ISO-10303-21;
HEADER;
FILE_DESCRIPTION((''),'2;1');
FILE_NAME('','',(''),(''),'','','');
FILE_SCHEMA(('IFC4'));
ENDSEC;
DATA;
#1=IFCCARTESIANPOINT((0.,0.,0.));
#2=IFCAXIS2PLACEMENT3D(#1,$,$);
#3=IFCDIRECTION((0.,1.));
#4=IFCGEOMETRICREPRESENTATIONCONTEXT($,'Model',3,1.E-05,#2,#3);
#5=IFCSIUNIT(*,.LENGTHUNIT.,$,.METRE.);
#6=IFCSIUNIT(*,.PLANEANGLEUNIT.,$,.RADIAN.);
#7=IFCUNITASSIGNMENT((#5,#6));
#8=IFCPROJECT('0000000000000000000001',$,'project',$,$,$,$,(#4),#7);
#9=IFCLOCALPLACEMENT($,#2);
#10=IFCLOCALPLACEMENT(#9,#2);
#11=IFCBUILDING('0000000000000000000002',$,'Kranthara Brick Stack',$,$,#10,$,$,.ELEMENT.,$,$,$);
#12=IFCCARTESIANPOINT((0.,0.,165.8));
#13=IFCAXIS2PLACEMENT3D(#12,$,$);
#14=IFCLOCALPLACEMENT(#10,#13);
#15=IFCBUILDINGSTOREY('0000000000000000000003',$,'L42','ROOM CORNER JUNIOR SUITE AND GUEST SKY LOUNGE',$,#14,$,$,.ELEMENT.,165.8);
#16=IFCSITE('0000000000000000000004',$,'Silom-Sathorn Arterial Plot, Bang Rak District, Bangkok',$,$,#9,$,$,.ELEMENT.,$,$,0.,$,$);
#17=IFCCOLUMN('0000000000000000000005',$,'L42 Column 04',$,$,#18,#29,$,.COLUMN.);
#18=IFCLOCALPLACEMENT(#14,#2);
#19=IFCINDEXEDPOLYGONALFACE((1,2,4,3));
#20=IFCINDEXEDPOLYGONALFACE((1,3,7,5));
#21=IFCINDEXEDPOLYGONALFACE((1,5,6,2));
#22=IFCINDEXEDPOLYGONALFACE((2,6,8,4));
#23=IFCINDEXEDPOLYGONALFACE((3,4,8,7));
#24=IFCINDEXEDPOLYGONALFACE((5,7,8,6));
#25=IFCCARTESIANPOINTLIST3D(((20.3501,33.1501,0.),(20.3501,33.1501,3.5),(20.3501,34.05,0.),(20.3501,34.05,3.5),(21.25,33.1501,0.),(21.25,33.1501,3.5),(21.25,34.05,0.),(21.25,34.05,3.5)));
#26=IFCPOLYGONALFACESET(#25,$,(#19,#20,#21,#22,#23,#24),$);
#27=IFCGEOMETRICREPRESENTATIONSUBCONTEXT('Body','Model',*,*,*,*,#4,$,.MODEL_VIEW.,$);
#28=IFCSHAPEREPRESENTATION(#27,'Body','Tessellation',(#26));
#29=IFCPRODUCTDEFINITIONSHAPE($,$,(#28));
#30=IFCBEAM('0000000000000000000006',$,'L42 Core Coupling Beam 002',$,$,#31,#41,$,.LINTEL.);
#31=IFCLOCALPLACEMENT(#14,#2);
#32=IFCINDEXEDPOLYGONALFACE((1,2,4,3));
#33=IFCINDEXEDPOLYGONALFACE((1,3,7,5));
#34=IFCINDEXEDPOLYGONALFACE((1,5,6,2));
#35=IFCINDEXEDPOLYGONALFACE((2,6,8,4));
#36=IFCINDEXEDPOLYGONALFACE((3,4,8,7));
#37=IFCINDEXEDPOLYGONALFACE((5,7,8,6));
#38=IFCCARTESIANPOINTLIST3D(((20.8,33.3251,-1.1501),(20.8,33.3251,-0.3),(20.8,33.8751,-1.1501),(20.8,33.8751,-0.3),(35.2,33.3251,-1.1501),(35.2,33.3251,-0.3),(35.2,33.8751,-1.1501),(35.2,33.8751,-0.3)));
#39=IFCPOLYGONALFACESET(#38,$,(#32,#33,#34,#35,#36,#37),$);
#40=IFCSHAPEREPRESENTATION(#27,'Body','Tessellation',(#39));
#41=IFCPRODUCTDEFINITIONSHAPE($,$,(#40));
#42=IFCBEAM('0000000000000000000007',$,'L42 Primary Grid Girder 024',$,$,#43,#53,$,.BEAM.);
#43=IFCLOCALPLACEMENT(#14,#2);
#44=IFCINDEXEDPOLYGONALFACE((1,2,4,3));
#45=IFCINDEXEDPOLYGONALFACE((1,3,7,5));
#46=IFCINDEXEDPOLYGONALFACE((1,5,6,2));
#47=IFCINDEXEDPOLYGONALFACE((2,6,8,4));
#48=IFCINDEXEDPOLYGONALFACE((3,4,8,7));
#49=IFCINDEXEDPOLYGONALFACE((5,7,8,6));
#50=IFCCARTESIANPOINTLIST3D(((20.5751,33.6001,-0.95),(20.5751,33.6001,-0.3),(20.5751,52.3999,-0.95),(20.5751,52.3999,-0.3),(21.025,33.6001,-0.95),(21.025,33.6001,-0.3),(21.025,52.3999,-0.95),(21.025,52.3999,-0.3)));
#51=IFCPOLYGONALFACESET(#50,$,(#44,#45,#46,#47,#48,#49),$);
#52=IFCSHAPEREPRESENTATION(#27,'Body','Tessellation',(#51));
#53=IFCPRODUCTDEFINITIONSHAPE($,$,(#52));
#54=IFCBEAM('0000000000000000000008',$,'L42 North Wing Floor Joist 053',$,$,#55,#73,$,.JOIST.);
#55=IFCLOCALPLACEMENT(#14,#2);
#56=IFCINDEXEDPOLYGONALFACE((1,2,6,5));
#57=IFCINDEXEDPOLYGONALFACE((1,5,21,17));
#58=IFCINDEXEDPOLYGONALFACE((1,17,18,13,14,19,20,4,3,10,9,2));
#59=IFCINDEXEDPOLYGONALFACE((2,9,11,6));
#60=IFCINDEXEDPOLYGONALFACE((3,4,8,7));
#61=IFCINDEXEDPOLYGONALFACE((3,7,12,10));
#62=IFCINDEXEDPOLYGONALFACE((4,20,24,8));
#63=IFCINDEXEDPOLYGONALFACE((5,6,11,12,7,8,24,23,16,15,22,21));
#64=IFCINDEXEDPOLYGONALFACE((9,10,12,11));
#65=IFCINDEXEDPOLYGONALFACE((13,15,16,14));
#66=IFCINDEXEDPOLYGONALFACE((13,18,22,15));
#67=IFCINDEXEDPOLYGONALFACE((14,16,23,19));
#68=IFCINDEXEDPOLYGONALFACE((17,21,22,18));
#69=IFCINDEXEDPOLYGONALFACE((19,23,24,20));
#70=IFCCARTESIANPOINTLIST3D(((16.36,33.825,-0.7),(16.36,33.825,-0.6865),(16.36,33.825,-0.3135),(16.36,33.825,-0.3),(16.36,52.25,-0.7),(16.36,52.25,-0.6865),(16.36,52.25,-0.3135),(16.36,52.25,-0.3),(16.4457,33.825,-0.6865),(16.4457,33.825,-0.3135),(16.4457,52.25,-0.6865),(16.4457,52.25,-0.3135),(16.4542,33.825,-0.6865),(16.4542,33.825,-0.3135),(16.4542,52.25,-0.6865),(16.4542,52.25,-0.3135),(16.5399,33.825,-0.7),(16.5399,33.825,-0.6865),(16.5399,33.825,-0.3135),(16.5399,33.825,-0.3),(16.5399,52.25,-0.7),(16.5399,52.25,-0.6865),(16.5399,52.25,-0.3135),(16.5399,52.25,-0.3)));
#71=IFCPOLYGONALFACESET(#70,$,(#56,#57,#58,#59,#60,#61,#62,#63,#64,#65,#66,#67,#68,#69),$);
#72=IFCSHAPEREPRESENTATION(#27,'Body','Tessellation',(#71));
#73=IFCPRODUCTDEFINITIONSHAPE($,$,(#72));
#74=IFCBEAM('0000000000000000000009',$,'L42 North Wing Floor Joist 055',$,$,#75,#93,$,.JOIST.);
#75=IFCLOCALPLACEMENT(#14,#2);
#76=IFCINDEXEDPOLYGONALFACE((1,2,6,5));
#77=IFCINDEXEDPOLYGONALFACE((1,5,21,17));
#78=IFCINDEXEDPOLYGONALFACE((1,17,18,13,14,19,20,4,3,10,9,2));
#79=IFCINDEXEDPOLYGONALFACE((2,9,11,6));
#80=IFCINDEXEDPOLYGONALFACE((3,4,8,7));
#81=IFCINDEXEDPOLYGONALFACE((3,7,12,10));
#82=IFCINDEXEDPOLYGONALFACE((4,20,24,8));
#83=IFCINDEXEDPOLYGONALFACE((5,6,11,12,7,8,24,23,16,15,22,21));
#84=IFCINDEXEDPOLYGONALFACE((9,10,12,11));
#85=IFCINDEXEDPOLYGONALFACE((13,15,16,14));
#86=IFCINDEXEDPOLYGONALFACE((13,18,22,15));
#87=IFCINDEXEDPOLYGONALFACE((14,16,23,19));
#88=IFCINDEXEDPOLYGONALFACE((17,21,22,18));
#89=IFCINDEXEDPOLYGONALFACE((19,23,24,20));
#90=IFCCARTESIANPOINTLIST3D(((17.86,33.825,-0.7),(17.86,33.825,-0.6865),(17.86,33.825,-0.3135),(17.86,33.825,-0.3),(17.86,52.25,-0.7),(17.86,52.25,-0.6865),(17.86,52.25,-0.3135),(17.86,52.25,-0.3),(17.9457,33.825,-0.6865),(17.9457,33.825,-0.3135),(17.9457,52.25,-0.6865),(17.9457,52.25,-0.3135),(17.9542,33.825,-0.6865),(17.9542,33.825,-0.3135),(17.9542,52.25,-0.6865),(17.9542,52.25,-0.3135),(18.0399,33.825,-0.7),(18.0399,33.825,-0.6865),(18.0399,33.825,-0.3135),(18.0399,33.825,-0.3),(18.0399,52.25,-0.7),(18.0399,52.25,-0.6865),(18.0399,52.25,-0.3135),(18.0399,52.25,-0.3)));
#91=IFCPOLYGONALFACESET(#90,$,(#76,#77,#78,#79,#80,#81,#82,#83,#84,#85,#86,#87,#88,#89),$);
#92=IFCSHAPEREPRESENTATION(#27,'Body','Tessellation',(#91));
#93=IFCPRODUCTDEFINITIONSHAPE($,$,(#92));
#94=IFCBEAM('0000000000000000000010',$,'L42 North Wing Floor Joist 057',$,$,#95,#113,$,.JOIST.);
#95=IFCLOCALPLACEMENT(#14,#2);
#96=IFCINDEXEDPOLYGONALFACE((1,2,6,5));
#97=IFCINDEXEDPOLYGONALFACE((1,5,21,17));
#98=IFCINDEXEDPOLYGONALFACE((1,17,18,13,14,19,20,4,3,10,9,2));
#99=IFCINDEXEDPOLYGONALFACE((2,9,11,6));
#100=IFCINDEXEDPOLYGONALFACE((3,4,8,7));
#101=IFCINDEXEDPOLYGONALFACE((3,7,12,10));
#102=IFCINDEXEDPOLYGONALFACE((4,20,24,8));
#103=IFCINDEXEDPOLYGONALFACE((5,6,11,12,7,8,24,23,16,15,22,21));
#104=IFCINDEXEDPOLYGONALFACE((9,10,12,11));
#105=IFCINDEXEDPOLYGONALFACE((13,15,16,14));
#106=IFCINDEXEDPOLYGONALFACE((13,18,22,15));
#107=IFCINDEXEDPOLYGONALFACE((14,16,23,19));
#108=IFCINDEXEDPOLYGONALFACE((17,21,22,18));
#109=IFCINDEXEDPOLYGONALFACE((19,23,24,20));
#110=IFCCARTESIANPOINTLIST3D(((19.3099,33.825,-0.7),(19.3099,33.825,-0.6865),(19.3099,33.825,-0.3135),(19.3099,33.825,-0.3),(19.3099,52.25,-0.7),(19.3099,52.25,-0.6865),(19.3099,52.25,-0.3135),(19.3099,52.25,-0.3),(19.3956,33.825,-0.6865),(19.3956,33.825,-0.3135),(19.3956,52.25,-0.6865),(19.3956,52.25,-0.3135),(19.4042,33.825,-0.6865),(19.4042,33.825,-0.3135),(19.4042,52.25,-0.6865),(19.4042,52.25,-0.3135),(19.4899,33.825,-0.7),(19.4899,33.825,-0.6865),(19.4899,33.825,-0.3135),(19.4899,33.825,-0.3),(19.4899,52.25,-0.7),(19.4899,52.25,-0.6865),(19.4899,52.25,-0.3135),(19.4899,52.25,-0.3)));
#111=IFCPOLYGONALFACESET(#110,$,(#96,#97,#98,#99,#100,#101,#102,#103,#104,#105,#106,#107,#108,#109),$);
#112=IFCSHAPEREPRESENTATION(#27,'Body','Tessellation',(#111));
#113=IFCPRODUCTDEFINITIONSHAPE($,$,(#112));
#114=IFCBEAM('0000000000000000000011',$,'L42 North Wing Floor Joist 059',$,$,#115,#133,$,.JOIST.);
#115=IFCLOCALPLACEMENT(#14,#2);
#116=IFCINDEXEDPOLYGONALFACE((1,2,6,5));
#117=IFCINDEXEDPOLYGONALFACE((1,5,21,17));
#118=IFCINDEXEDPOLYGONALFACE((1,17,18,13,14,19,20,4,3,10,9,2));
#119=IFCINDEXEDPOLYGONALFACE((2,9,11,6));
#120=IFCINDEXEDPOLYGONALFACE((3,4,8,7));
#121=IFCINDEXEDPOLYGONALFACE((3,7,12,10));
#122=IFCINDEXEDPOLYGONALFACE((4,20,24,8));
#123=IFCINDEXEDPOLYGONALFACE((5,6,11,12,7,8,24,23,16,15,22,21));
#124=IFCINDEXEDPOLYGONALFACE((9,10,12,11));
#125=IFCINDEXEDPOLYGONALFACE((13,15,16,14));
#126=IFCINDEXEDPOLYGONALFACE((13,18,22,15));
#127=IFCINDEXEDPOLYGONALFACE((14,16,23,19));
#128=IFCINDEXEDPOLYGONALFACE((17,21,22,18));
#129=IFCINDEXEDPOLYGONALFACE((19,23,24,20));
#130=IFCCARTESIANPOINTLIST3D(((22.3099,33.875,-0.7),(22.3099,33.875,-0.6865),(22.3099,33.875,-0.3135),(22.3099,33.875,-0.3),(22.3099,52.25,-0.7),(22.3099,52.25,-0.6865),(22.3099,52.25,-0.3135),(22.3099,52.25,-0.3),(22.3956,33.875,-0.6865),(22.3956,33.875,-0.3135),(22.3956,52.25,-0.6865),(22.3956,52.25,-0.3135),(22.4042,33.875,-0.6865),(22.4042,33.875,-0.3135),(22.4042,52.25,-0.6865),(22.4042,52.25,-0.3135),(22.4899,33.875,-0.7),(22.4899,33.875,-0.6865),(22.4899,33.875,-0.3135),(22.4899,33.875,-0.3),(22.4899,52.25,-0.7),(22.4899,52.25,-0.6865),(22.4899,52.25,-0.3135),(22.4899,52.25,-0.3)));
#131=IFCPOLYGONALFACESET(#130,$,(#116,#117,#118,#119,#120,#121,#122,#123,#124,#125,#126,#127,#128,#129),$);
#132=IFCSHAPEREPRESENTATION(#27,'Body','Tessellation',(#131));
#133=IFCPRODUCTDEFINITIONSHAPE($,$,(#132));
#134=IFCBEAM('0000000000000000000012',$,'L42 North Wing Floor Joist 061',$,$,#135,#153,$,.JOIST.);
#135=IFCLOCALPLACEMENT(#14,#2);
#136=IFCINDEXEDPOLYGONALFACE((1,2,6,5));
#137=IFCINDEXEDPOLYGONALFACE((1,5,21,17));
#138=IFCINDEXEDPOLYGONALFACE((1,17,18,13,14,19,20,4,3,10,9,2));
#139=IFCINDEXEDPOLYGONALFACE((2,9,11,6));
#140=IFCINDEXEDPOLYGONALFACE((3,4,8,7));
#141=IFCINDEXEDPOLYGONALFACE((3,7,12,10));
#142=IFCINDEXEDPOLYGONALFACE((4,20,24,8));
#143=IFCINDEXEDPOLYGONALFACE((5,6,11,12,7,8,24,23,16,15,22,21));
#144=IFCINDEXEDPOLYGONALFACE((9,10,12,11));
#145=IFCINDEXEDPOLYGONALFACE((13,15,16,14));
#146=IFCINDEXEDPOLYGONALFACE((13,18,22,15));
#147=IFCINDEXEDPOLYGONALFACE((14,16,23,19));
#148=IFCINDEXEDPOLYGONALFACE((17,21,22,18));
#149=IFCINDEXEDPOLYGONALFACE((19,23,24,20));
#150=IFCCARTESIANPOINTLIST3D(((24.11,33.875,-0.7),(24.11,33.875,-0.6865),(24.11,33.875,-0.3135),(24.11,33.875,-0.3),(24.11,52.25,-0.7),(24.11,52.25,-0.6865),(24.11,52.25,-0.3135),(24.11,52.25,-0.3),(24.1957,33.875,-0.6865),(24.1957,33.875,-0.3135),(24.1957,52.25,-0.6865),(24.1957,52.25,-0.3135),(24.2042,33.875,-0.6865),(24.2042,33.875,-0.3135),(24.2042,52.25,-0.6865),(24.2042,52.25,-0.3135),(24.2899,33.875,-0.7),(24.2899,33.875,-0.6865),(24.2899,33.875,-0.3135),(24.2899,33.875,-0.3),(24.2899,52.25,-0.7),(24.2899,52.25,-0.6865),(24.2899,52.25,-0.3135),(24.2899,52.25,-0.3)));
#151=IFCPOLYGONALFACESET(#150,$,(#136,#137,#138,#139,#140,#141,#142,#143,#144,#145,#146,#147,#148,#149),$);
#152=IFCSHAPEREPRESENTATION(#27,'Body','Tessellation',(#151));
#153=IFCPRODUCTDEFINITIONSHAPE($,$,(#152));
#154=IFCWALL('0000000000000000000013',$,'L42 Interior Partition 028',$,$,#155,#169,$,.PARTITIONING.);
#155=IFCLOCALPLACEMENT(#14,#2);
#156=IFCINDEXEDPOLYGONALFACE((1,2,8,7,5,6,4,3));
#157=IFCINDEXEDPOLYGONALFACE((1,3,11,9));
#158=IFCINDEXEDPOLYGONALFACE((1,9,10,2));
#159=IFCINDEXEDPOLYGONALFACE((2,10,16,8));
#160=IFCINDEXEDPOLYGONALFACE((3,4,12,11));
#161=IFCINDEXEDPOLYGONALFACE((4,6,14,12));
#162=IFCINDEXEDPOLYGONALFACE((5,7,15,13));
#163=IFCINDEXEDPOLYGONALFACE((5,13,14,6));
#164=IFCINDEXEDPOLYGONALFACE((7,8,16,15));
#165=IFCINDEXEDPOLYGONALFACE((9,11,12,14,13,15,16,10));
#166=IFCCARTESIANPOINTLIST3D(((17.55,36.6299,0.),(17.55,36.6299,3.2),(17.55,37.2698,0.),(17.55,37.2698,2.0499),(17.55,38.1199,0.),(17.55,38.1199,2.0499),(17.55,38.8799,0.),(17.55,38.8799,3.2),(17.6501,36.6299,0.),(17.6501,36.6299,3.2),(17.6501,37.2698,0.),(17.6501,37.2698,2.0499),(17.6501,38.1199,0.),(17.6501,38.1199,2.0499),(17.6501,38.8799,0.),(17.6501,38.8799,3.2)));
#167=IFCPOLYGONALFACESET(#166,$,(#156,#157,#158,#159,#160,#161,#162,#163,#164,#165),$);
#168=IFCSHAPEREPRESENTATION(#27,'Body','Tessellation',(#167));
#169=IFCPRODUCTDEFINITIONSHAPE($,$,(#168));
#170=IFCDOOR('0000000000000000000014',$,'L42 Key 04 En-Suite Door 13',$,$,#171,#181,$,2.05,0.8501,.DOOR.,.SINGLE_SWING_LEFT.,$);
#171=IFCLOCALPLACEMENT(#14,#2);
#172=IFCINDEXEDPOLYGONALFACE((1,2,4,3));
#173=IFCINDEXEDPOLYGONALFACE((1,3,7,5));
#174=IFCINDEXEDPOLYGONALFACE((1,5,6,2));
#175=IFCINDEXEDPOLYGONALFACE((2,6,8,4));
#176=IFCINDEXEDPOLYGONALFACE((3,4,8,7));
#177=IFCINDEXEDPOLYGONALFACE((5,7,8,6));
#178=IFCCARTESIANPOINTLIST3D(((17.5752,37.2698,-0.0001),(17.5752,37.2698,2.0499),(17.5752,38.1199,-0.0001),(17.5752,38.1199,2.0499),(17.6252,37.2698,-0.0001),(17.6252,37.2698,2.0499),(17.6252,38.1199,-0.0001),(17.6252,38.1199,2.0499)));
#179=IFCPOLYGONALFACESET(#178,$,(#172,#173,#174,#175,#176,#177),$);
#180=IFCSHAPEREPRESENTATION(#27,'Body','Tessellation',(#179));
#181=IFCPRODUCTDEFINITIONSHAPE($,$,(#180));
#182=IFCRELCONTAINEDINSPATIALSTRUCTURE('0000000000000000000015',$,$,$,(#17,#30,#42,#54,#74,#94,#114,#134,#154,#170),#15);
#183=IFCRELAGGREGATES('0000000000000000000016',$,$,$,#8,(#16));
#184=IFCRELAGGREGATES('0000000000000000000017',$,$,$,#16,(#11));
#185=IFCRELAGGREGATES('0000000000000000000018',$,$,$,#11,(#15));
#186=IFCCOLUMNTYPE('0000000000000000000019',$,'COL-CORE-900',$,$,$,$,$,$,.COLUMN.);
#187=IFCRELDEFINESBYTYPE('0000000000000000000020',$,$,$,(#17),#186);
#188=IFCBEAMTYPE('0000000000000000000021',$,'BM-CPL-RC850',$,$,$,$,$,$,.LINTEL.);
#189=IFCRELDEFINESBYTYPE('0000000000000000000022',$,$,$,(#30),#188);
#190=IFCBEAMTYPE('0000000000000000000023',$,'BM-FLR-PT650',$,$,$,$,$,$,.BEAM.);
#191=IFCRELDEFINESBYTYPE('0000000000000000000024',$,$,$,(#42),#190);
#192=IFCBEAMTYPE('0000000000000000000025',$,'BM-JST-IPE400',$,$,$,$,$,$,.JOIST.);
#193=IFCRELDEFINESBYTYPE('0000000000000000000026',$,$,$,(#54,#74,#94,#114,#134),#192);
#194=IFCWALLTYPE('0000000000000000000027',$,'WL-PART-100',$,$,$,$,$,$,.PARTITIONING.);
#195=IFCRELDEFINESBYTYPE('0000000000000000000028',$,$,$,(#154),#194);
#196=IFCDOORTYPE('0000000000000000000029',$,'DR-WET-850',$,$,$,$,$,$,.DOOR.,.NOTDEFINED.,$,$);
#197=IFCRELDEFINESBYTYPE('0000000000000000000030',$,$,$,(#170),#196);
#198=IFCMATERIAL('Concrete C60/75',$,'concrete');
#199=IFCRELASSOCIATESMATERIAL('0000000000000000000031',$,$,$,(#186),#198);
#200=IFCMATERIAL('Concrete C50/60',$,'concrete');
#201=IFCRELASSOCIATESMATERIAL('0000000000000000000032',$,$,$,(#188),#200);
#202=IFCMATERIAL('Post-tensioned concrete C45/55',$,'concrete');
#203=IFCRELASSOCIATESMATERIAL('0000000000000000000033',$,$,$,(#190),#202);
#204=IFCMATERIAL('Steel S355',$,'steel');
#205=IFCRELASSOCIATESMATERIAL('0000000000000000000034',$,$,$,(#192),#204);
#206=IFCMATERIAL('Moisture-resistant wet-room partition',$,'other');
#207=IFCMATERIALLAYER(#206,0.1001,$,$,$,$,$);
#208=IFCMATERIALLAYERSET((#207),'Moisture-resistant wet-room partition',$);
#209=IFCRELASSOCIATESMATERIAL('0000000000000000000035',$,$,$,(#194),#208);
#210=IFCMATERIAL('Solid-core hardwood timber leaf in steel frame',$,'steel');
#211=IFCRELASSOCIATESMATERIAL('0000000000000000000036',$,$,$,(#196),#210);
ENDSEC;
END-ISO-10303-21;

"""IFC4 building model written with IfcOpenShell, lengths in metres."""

from ifc_helpers import new_model, si_unit, direction, frame, frame_2d, origin, origin_2d, place, context, subcontext, project, spatial, rectangle, i_section, extrude, material, layer, layer_set, material_profile, profile_set, type_object, element, fill, save


model = new_model("IFC4")

# Units and contexts
model_context = context("Model", 3, precision=1e-05, world=origin(), true_north=direction((0.0, 1.0)))
body_context = subcontext(model_context, "Body", "Model", "MODEL_VIEW")
ifc_project = project(units=[si_unit("LENGTHUNIT", "METRE"), si_unit("PLANEANGLEUNIT", "RADIAN")], contexts=[model_context])

# Site, building, storey
site_placement = place(None, origin())
site = spatial("IfcSite", under=ifc_project, at=site_placement, Name="Silom-Sathorn Arterial Plot, Bang Rak District, Bangkok", CompositionType="ELEMENT", RefElevation=0.0)
building_placement = place(site_placement, origin())
building = spatial("IfcBuilding", under=site, at=building_placement, Name="Kranthara Brick Stack", CompositionType="ELEMENT")
storey_placement = place(building_placement, frame((0.0, 0.0, 165.8)))
storey = spatial("IfcBuildingStorey", under=building, at=storey_placement, Name="L42", Description="ROOM CORNER JUNIOR SUITE AND GUEST SKY LOUNGE", CompositionType="ELEMENT", Elevation=165.8)

# Column
ifc_material_1 = material(Name="Concrete C60/75", Category="concrete")
ifc_material_profile_1 = material_profile(ifc_material_1, rectangle(XDim=0.8999, YDim=0.8999, at=origin_2d()), Name="RC 900x900")
ifc_profile_set_1 = profile_set([ifc_material_profile_1], Name="Concrete C60/75")
column_type = type_object("IfcColumnType", Name="COL-CORE-900", PredefinedType="COLUMN", material=ifc_profile_set_1)
column_placement = place(storey_placement, frame((20.8, 33.6001, 0.0), z_axis=(0.0, 0.0, 1.0), x_axis=(1.0, 0.0, 0.0)))
element("IfcColumn", 1, at=column_placement, inside=storey, type_object=column_type, Name="L42 Column 04", PredefinedType="COLUMN", context=body_context, shape_type="SweptSolid", body=[
    extrude(rectangle(XDim=0.8999, YDim=0.8999, at=origin_2d()), origin(), (0.0, 0.0, 1.0), 3.5),
])

# Beams
ifc_material_2 = material(Name="Concrete C50/60", Category="concrete")
ifc_material_profile_2 = material_profile(ifc_material_2, rectangle(XDim=0.55, YDim=0.8501, at=origin_2d()), Name="RC 550x850")
ifc_profile_set_2 = profile_set([ifc_material_profile_2], Name="Concrete C50/60")
beam_type_1 = type_object("IfcBeamType", Name="BM-CPL-RC850", PredefinedType="LINTEL", material=ifc_profile_set_2)
beam_1_placement = place(storey_placement, frame((20.8, 33.6001, -0.7251), z_axis=(1.0, 0.0, 0.0), x_axis=(0.0, 1.0, 0.0)))
element("IfcBeam", 2, at=beam_1_placement, inside=storey, type_object=beam_type_1, Name="L42 Core Coupling Beam 002", PredefinedType="LINTEL", context=body_context, shape_type="SweptSolid", body=[
    extrude(rectangle(XDim=0.55, YDim=0.8501, at=origin_2d()), origin(), (0.0, 0.0, 1.0), 14.3999),
])
ifc_material_3 = material(Name="Post-tensioned concrete C45/55", Category="concrete")
ifc_material_profile_3 = material_profile(ifc_material_3, rectangle(XDim=0.45, YDim=0.6499, at=origin_2d()), Name="PT 450x650")
ifc_profile_set_3 = profile_set([ifc_material_profile_3], Name="Post-tensioned concrete C45/55")
beam_type_2 = type_object("IfcBeamType", Name="BM-FLR-PT650", PredefinedType="BEAM", material=ifc_profile_set_3)
beam_2_placement = place(storey_placement, frame((20.8, 33.6001, -0.625), z_axis=(0.0, 1.0, 0.0), x_axis=(-1.0, 0.0, 0.0)))
element("IfcBeam", 3, at=beam_2_placement, inside=storey, type_object=beam_type_2, Name="L42 Primary Grid Girder 024", PredefinedType="BEAM", context=body_context, shape_type="SweptSolid", body=[
    extrude(rectangle(XDim=0.45, YDim=0.6499, at=origin_2d()), origin(), (0.0, 0.0, 1.0), 18.7998),
])
ifc_material_4 = material(Name="Steel S355", Category="steel")
ifc_material_profile_4 = material_profile(ifc_material_4, i_section(OverallWidth=0.1799, OverallDepth=0.3999, WebThickness=0.0085, FlangeThickness=0.0134, at=origin_2d()), Name="IPE 400")
ifc_profile_set_4 = profile_set([ifc_material_profile_4], Name="Steel S355")
beam_type_3 = type_object("IfcBeamType", Name="BM-JST-IPE400", PredefinedType="JOIST", material=ifc_profile_set_4)
for number, where, z_axis, x_axis, name in (
    (4, (16.45, 33.825, -0.5), (0.0, 1.0, 0.0), (-1.0, 0.0, 0.0), "L42 North Wing Floor Joist 053"),
    (5, (17.95, 33.825, -0.5), (0.0, 1.0, 0.0), (-1.0, 0.0, 0.0), "L42 North Wing Floor Joist 055"),
    (6, (19.3999, 33.825, -0.5), (0.0, 1.0, 0.0), (-1.0, 0.0, 0.0), "L42 North Wing Floor Joist 057"),
):
    element("IfcBeam", number, at=place(storey_placement, frame(where, z_axis=z_axis, x_axis=x_axis)), inside=storey, type_object=beam_type_3, Name=name, PredefinedType="JOIST", context=body_context, shape_type="SweptSolid", body=[
        extrude(i_section(OverallWidth=0.1799, OverallDepth=0.3999, WebThickness=0.0085, FlangeThickness=0.0134, at=origin_2d()), origin(), (0.0, 0.0, 1.0), 18.425),
    ])
for number, where, z_axis, x_axis, name in (
    (7, (22.3999, 33.875, -0.5), (0.0, 1.0, 0.0), (-1.0, 0.0, 0.0), "L42 North Wing Floor Joist 059"),
    (8, (24.2, 33.875, -0.5), (0.0, 1.0, 0.0), (-1.0, 0.0, 0.0), "L42 North Wing Floor Joist 061"),
):
    element("IfcBeam", number, at=place(storey_placement, frame(where, z_axis=z_axis, x_axis=x_axis)), inside=storey, type_object=beam_type_3, Name=name, PredefinedType="JOIST", context=body_context, shape_type="SweptSolid", body=[
        extrude(i_section(OverallWidth=0.1799, OverallDepth=0.3999, WebThickness=0.0085, FlangeThickness=0.0134, at=origin_2d()), origin(), (0.0, 0.0, 1.0), 18.375),
    ])

# Wall, opening, door
ifc_material_5 = material(Name="Moisture-resistant wet-room partition", Category="other")
ifc_layer_1 = layer(ifc_material_5, 0.1001)
ifc_layer_set_1 = layer_set([ifc_layer_1], Name="Moisture-resistant wet-room partition")
wall_type_1 = type_object("IfcWallType", Name="WL-PART-100", PredefinedType="PARTITIONING", material=ifc_layer_set_1)
wall_1_placement = place(storey_placement, frame((17.6001, 36.6299, 0.0), z_axis=(0.0, 0.0, 1.0), x_axis=(0.0, 1.0, 0.0)))
wall_1 = element("IfcWall", 9, at=wall_1_placement, inside=storey, type_object=wall_type_1, Name="L42 Interior Partition 028", PredefinedType="PARTITIONING", context=body_context, shape_type="SweptSolid", body=[
    extrude(rectangle(XDim=2.25, YDim=0.1001, at=frame_2d((1.125, 0.0))), origin(), (0.0, 0.0, 1.0), 3.2),
])
opening_1_placement = place(wall_1_placement, frame((0.6399, 0.0, 0.0)))
opening_1 = element("IfcOpeningElement", 10, at=opening_1_placement, cuts=wall_1, PredefinedType="OPENING", context=body_context, shape_type="SweptSolid", body=[
    extrude(rectangle(XDim=0.8501, YDim=2.05, at=frame_2d((0.425, 1.0249))), frame((0.0, 0.0601, 0.0), z_axis=(0.0, -1.0, 0.0), x_axis=(1.0, 0.0, 0.0)), (0.0, 0.0, 1.0), 0.1201),
])
ifc_material_6 = material(Name="Solid-core hardwood timber leaf in steel frame", Category="steel")
door_type_1 = type_object("IfcDoorType", Name="DR-WET-850", OperationType="NOTDEFINED", PredefinedType="DOOR", material=ifc_material_6)
door_1_placement = place(opening_1_placement, origin())
door_1 = element("IfcDoor", 11, at=door_1_placement, inside=storey, type_object=door_type_1, Name="L42 Key 04 En-Suite Door 13", OperationType="SINGLE_SWING_LEFT", OverallHeight=2.05, OverallWidth=0.8501, PredefinedType="DOOR", context=body_context, shape_type="SweptSolid", body=[
    extrude(rectangle(XDim=0.8501, YDim=2.05, at=frame_2d((0.425, 1.0249))), frame((0.0, 0.0249, 0.0), z_axis=(0.0, -1.0, 0.0), x_axis=(1.0, 0.0, 0.0)), (0.0, 0.0, 1.0), 0.05),
])
fill(opening_1, door_1)

save(model, "model.ifc")
